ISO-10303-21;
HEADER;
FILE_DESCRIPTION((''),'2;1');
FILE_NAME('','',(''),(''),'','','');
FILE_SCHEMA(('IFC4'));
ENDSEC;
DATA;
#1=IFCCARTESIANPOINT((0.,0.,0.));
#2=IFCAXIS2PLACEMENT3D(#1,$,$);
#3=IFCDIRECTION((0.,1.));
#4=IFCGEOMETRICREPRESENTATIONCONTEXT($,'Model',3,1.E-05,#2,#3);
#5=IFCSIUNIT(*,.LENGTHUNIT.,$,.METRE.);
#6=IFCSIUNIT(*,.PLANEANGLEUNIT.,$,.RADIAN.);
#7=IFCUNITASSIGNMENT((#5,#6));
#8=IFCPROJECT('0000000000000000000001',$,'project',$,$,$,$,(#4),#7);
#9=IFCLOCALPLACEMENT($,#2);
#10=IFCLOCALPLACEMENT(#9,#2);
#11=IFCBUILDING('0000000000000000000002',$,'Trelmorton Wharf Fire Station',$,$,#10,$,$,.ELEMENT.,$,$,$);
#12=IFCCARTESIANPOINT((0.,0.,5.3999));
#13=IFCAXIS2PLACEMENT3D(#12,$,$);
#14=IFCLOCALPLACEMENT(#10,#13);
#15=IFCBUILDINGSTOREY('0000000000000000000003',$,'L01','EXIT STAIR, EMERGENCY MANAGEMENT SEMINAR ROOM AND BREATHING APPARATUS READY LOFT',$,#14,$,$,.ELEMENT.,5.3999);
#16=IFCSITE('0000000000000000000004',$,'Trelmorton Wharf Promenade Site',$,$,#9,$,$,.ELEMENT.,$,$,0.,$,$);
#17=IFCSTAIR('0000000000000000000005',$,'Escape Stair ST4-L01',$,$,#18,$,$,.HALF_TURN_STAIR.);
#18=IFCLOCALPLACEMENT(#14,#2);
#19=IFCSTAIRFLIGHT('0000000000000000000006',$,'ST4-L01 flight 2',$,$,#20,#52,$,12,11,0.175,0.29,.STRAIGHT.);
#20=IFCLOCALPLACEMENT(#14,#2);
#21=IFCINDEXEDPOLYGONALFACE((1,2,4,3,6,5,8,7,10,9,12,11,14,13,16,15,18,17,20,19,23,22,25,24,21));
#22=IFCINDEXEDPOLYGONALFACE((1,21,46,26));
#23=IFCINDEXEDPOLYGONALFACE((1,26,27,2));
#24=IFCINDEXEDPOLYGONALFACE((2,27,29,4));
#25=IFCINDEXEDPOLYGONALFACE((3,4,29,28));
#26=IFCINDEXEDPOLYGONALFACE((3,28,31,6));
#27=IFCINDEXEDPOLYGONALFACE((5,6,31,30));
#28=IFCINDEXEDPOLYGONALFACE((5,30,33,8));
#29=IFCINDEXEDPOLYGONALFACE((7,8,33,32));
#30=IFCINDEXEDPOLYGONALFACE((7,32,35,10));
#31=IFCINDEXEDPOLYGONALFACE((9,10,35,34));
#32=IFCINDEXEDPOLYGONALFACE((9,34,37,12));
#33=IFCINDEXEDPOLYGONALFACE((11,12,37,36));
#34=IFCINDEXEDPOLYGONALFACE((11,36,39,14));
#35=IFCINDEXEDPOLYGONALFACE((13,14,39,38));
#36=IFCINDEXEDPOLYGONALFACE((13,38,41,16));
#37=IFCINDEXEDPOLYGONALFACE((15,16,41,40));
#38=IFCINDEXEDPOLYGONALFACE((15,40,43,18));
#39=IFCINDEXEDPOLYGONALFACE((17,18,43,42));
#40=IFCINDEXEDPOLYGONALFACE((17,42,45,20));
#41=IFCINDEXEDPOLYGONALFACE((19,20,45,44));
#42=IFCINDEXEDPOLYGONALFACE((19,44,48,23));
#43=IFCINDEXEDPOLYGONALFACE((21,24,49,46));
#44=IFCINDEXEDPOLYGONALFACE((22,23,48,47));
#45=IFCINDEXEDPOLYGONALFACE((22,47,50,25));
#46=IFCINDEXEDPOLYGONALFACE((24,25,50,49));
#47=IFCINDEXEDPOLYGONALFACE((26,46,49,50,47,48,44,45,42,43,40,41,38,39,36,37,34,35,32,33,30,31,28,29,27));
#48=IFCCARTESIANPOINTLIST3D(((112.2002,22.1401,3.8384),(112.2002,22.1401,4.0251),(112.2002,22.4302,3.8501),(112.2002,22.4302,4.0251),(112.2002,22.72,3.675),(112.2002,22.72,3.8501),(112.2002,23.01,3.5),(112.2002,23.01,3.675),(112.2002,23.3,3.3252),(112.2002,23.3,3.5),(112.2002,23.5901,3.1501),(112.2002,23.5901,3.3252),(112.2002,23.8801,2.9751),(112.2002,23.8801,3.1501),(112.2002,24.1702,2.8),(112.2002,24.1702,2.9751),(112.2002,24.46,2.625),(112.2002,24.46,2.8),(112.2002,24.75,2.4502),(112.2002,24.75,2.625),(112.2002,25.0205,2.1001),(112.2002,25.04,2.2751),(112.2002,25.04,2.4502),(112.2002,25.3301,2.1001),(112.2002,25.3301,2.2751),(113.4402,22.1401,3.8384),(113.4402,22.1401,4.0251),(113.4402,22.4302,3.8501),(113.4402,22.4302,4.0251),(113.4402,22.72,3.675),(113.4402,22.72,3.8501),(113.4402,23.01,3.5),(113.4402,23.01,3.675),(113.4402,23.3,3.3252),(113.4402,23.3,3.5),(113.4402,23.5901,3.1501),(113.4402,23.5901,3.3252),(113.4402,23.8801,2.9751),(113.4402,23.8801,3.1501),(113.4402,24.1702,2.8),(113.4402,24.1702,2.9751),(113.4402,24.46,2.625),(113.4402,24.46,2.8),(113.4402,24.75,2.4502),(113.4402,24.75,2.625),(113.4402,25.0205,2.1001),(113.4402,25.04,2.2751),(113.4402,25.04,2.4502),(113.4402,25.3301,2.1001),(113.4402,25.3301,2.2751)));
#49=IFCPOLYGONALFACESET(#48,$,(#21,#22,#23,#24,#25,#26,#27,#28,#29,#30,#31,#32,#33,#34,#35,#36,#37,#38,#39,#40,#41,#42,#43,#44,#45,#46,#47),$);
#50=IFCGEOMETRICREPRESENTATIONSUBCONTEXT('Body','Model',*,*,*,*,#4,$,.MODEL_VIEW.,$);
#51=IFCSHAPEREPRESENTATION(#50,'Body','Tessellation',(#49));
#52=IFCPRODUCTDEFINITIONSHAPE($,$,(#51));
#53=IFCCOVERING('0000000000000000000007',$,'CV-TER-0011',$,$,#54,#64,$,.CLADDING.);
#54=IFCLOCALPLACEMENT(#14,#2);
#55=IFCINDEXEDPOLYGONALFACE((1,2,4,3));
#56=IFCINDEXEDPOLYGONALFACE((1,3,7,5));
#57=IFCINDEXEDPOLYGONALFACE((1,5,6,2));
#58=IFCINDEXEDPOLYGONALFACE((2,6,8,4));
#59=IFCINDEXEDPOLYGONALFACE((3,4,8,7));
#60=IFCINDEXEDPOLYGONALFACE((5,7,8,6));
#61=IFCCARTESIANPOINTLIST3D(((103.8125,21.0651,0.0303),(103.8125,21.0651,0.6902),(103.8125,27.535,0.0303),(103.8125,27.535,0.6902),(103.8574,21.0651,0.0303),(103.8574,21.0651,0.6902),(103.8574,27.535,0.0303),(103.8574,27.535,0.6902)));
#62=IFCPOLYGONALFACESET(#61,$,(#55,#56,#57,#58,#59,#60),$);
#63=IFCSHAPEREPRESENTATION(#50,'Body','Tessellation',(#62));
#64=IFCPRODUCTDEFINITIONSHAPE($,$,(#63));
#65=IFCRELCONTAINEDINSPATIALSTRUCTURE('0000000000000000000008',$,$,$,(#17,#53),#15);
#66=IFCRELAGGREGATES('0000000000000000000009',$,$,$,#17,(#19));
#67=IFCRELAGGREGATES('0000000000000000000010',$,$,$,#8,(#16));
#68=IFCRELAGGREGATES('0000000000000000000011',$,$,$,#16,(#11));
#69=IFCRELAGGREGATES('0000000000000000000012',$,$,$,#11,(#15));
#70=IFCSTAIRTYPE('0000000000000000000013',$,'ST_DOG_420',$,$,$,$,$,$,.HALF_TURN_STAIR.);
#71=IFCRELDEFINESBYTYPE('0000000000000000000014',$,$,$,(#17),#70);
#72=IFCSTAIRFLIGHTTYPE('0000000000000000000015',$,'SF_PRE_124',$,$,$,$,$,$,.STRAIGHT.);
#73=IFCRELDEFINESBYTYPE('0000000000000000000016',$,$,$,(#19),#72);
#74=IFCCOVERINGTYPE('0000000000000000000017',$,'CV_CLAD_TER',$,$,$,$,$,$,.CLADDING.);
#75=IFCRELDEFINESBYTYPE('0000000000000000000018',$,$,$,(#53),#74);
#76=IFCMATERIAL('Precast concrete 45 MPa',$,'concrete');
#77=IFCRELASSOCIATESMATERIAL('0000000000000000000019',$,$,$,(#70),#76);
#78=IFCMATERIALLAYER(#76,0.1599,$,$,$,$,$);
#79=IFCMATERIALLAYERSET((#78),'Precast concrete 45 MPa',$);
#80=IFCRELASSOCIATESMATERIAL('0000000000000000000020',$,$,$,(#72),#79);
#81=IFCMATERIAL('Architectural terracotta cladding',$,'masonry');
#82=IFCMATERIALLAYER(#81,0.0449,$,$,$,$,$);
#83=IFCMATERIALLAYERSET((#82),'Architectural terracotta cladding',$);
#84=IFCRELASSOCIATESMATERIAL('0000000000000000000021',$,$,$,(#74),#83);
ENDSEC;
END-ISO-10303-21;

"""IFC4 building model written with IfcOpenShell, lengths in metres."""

from ifc_helpers import new_model, si_unit, direction, frame, origin, origin_2d, place, context, subcontext, project, spatial, polyline, rectangle, outline, extrude, material, layer, layer_set, type_object, element, aggregate, save


model = new_model("IFC4")

# Units and contexts
model_context = context("Model", 3, precision=1e-05, world=origin(), true_north=direction((0.0, 1.0)))
body_context = subcontext(model_context, "Body", "Model", "MODEL_VIEW")
ifc_project = project(units=[si_unit("LENGTHUNIT", "METRE"), si_unit("PLANEANGLEUNIT", "RADIAN")], contexts=[model_context])

# Site, building, storey
site_placement = place(None, origin())
site = spatial("IfcSite", under=ifc_project, at=site_placement, Name="Trelmorton Wharf Promenade Site", CompositionType="ELEMENT", RefElevation=0.0)
building_placement = place(site_placement, origin())
building = spatial("IfcBuilding", under=site, at=building_placement, Name="Trelmorton Wharf Fire Station", CompositionType="ELEMENT")
storey_placement = place(building_placement, frame((0.0, 0.0, 5.3999)))
storey = spatial("IfcBuildingStorey", under=building, at=storey_placement, Name="L01", Description="EXIT STAIR, EMERGENCY MANAGEMENT SEMINAR ROOM AND BREATHING APPARATUS READY LOFT", CompositionType="ELEMENT", Elevation=5.3999)

# Stair, stair flight
ifc_material_1 = material(Name="Precast concrete 45 MPa", Category="concrete")
stair_type = type_object("IfcStairType", Name="ST_DOG_420", PredefinedType="HALF_TURN_STAIR", material=ifc_material_1)
stair_placement = place(storey_placement, origin())
stair = element("IfcStair", 1, at=stair_placement, inside=storey, type_object=stair_type, Name="Escape Stair ST4-L01", PredefinedType="HALF_TURN_STAIR")
ifc_layer_1 = layer(ifc_material_1, 0.1599)
ifc_layer_set_1 = layer_set([ifc_layer_1], Name="Precast concrete 45 MPa")
stair_flight_type = type_object("IfcStairFlightType", Name="SF_PRE_124", PredefinedType="STRAIGHT", material=ifc_layer_set_1)
stair_flight_1_placement = place(storey_placement, frame((112.8201, 25.3301, 2.1001), z_axis=(0.0, 0.0, 1.0), x_axis=(0.0, -1.0, 0.0)))
stair_flight_1 = element("IfcStairFlight", 2, at=stair_flight_1_placement, type_object=stair_flight_type, Name="ST4-L01 flight 2", NumberOfRisers=12, NumberOfTreads=11, PredefinedType="STRAIGHT", RiserHeight=0.175, TreadLength=0.29, context=body_context, shape_type="SweptSolid", body=[
    extrude(outline(polyline([(0.0, 0.0), (0.0, 0.175), (0.29, 0.175), (0.29, 0.3501), (0.5801, 0.3501), (0.5801, 0.5249), (0.8701, 0.5249), (0.8701, 0.7), (1.1599, 0.7), (1.1599, 0.875), (1.45, 0.875), (1.45, 1.05), (1.74, 1.05), (1.74, 1.2251), (2.03, 1.2251), (2.03, 1.3999), (2.3201, 1.3999), (2.3201, 1.575), (2.6101, 1.575), (2.6101, 1.75), (2.8999, 1.75), (2.8999, 1.925), (3.1899, 1.925), (3.1899, 2.1001), (3.1899, 1.7383), (0.3096, 0.0), (0.0, 0.0)])), frame((0.0, 0.6201, 0.0), z_axis=(0.0, -1.0, 0.0), x_axis=(1.0, 0.0, 0.0)), (0.0, 0.0, 1.0), 1.24),
])
aggregate(stair, [stair_flight_1])

# Covering
ifc_material_2 = material(Name="Architectural terracotta cladding", Category="masonry")
ifc_layer_2 = layer(ifc_material_2, 0.0449)
ifc_layer_set_2 = layer_set([ifc_layer_2], Name="Architectural terracotta cladding")
covering_type = type_object("IfcCoveringType", Name="CV_CLAD_TER", PredefinedType="CLADDING", material=ifc_layer_set_2)
covering_placement = place(storey_placement, frame((103.835, 24.3, 0.0303), z_axis=(0.0, 0.0, 1.0), x_axis=(0.0, 1.0, 0.0)))
element("IfcCovering", 3, at=covering_placement, inside=storey, type_object=covering_type, Name="CV-TER-0011", PredefinedType="CLADDING", context=body_context, shape_type="SweptSolid", body=[
    extrude(rectangle(XDim=6.47, YDim=0.0449, at=origin_2d()), origin(), (0.0, 0.0, 1.0), 0.6599),
])

save(model, "model.ifc")
